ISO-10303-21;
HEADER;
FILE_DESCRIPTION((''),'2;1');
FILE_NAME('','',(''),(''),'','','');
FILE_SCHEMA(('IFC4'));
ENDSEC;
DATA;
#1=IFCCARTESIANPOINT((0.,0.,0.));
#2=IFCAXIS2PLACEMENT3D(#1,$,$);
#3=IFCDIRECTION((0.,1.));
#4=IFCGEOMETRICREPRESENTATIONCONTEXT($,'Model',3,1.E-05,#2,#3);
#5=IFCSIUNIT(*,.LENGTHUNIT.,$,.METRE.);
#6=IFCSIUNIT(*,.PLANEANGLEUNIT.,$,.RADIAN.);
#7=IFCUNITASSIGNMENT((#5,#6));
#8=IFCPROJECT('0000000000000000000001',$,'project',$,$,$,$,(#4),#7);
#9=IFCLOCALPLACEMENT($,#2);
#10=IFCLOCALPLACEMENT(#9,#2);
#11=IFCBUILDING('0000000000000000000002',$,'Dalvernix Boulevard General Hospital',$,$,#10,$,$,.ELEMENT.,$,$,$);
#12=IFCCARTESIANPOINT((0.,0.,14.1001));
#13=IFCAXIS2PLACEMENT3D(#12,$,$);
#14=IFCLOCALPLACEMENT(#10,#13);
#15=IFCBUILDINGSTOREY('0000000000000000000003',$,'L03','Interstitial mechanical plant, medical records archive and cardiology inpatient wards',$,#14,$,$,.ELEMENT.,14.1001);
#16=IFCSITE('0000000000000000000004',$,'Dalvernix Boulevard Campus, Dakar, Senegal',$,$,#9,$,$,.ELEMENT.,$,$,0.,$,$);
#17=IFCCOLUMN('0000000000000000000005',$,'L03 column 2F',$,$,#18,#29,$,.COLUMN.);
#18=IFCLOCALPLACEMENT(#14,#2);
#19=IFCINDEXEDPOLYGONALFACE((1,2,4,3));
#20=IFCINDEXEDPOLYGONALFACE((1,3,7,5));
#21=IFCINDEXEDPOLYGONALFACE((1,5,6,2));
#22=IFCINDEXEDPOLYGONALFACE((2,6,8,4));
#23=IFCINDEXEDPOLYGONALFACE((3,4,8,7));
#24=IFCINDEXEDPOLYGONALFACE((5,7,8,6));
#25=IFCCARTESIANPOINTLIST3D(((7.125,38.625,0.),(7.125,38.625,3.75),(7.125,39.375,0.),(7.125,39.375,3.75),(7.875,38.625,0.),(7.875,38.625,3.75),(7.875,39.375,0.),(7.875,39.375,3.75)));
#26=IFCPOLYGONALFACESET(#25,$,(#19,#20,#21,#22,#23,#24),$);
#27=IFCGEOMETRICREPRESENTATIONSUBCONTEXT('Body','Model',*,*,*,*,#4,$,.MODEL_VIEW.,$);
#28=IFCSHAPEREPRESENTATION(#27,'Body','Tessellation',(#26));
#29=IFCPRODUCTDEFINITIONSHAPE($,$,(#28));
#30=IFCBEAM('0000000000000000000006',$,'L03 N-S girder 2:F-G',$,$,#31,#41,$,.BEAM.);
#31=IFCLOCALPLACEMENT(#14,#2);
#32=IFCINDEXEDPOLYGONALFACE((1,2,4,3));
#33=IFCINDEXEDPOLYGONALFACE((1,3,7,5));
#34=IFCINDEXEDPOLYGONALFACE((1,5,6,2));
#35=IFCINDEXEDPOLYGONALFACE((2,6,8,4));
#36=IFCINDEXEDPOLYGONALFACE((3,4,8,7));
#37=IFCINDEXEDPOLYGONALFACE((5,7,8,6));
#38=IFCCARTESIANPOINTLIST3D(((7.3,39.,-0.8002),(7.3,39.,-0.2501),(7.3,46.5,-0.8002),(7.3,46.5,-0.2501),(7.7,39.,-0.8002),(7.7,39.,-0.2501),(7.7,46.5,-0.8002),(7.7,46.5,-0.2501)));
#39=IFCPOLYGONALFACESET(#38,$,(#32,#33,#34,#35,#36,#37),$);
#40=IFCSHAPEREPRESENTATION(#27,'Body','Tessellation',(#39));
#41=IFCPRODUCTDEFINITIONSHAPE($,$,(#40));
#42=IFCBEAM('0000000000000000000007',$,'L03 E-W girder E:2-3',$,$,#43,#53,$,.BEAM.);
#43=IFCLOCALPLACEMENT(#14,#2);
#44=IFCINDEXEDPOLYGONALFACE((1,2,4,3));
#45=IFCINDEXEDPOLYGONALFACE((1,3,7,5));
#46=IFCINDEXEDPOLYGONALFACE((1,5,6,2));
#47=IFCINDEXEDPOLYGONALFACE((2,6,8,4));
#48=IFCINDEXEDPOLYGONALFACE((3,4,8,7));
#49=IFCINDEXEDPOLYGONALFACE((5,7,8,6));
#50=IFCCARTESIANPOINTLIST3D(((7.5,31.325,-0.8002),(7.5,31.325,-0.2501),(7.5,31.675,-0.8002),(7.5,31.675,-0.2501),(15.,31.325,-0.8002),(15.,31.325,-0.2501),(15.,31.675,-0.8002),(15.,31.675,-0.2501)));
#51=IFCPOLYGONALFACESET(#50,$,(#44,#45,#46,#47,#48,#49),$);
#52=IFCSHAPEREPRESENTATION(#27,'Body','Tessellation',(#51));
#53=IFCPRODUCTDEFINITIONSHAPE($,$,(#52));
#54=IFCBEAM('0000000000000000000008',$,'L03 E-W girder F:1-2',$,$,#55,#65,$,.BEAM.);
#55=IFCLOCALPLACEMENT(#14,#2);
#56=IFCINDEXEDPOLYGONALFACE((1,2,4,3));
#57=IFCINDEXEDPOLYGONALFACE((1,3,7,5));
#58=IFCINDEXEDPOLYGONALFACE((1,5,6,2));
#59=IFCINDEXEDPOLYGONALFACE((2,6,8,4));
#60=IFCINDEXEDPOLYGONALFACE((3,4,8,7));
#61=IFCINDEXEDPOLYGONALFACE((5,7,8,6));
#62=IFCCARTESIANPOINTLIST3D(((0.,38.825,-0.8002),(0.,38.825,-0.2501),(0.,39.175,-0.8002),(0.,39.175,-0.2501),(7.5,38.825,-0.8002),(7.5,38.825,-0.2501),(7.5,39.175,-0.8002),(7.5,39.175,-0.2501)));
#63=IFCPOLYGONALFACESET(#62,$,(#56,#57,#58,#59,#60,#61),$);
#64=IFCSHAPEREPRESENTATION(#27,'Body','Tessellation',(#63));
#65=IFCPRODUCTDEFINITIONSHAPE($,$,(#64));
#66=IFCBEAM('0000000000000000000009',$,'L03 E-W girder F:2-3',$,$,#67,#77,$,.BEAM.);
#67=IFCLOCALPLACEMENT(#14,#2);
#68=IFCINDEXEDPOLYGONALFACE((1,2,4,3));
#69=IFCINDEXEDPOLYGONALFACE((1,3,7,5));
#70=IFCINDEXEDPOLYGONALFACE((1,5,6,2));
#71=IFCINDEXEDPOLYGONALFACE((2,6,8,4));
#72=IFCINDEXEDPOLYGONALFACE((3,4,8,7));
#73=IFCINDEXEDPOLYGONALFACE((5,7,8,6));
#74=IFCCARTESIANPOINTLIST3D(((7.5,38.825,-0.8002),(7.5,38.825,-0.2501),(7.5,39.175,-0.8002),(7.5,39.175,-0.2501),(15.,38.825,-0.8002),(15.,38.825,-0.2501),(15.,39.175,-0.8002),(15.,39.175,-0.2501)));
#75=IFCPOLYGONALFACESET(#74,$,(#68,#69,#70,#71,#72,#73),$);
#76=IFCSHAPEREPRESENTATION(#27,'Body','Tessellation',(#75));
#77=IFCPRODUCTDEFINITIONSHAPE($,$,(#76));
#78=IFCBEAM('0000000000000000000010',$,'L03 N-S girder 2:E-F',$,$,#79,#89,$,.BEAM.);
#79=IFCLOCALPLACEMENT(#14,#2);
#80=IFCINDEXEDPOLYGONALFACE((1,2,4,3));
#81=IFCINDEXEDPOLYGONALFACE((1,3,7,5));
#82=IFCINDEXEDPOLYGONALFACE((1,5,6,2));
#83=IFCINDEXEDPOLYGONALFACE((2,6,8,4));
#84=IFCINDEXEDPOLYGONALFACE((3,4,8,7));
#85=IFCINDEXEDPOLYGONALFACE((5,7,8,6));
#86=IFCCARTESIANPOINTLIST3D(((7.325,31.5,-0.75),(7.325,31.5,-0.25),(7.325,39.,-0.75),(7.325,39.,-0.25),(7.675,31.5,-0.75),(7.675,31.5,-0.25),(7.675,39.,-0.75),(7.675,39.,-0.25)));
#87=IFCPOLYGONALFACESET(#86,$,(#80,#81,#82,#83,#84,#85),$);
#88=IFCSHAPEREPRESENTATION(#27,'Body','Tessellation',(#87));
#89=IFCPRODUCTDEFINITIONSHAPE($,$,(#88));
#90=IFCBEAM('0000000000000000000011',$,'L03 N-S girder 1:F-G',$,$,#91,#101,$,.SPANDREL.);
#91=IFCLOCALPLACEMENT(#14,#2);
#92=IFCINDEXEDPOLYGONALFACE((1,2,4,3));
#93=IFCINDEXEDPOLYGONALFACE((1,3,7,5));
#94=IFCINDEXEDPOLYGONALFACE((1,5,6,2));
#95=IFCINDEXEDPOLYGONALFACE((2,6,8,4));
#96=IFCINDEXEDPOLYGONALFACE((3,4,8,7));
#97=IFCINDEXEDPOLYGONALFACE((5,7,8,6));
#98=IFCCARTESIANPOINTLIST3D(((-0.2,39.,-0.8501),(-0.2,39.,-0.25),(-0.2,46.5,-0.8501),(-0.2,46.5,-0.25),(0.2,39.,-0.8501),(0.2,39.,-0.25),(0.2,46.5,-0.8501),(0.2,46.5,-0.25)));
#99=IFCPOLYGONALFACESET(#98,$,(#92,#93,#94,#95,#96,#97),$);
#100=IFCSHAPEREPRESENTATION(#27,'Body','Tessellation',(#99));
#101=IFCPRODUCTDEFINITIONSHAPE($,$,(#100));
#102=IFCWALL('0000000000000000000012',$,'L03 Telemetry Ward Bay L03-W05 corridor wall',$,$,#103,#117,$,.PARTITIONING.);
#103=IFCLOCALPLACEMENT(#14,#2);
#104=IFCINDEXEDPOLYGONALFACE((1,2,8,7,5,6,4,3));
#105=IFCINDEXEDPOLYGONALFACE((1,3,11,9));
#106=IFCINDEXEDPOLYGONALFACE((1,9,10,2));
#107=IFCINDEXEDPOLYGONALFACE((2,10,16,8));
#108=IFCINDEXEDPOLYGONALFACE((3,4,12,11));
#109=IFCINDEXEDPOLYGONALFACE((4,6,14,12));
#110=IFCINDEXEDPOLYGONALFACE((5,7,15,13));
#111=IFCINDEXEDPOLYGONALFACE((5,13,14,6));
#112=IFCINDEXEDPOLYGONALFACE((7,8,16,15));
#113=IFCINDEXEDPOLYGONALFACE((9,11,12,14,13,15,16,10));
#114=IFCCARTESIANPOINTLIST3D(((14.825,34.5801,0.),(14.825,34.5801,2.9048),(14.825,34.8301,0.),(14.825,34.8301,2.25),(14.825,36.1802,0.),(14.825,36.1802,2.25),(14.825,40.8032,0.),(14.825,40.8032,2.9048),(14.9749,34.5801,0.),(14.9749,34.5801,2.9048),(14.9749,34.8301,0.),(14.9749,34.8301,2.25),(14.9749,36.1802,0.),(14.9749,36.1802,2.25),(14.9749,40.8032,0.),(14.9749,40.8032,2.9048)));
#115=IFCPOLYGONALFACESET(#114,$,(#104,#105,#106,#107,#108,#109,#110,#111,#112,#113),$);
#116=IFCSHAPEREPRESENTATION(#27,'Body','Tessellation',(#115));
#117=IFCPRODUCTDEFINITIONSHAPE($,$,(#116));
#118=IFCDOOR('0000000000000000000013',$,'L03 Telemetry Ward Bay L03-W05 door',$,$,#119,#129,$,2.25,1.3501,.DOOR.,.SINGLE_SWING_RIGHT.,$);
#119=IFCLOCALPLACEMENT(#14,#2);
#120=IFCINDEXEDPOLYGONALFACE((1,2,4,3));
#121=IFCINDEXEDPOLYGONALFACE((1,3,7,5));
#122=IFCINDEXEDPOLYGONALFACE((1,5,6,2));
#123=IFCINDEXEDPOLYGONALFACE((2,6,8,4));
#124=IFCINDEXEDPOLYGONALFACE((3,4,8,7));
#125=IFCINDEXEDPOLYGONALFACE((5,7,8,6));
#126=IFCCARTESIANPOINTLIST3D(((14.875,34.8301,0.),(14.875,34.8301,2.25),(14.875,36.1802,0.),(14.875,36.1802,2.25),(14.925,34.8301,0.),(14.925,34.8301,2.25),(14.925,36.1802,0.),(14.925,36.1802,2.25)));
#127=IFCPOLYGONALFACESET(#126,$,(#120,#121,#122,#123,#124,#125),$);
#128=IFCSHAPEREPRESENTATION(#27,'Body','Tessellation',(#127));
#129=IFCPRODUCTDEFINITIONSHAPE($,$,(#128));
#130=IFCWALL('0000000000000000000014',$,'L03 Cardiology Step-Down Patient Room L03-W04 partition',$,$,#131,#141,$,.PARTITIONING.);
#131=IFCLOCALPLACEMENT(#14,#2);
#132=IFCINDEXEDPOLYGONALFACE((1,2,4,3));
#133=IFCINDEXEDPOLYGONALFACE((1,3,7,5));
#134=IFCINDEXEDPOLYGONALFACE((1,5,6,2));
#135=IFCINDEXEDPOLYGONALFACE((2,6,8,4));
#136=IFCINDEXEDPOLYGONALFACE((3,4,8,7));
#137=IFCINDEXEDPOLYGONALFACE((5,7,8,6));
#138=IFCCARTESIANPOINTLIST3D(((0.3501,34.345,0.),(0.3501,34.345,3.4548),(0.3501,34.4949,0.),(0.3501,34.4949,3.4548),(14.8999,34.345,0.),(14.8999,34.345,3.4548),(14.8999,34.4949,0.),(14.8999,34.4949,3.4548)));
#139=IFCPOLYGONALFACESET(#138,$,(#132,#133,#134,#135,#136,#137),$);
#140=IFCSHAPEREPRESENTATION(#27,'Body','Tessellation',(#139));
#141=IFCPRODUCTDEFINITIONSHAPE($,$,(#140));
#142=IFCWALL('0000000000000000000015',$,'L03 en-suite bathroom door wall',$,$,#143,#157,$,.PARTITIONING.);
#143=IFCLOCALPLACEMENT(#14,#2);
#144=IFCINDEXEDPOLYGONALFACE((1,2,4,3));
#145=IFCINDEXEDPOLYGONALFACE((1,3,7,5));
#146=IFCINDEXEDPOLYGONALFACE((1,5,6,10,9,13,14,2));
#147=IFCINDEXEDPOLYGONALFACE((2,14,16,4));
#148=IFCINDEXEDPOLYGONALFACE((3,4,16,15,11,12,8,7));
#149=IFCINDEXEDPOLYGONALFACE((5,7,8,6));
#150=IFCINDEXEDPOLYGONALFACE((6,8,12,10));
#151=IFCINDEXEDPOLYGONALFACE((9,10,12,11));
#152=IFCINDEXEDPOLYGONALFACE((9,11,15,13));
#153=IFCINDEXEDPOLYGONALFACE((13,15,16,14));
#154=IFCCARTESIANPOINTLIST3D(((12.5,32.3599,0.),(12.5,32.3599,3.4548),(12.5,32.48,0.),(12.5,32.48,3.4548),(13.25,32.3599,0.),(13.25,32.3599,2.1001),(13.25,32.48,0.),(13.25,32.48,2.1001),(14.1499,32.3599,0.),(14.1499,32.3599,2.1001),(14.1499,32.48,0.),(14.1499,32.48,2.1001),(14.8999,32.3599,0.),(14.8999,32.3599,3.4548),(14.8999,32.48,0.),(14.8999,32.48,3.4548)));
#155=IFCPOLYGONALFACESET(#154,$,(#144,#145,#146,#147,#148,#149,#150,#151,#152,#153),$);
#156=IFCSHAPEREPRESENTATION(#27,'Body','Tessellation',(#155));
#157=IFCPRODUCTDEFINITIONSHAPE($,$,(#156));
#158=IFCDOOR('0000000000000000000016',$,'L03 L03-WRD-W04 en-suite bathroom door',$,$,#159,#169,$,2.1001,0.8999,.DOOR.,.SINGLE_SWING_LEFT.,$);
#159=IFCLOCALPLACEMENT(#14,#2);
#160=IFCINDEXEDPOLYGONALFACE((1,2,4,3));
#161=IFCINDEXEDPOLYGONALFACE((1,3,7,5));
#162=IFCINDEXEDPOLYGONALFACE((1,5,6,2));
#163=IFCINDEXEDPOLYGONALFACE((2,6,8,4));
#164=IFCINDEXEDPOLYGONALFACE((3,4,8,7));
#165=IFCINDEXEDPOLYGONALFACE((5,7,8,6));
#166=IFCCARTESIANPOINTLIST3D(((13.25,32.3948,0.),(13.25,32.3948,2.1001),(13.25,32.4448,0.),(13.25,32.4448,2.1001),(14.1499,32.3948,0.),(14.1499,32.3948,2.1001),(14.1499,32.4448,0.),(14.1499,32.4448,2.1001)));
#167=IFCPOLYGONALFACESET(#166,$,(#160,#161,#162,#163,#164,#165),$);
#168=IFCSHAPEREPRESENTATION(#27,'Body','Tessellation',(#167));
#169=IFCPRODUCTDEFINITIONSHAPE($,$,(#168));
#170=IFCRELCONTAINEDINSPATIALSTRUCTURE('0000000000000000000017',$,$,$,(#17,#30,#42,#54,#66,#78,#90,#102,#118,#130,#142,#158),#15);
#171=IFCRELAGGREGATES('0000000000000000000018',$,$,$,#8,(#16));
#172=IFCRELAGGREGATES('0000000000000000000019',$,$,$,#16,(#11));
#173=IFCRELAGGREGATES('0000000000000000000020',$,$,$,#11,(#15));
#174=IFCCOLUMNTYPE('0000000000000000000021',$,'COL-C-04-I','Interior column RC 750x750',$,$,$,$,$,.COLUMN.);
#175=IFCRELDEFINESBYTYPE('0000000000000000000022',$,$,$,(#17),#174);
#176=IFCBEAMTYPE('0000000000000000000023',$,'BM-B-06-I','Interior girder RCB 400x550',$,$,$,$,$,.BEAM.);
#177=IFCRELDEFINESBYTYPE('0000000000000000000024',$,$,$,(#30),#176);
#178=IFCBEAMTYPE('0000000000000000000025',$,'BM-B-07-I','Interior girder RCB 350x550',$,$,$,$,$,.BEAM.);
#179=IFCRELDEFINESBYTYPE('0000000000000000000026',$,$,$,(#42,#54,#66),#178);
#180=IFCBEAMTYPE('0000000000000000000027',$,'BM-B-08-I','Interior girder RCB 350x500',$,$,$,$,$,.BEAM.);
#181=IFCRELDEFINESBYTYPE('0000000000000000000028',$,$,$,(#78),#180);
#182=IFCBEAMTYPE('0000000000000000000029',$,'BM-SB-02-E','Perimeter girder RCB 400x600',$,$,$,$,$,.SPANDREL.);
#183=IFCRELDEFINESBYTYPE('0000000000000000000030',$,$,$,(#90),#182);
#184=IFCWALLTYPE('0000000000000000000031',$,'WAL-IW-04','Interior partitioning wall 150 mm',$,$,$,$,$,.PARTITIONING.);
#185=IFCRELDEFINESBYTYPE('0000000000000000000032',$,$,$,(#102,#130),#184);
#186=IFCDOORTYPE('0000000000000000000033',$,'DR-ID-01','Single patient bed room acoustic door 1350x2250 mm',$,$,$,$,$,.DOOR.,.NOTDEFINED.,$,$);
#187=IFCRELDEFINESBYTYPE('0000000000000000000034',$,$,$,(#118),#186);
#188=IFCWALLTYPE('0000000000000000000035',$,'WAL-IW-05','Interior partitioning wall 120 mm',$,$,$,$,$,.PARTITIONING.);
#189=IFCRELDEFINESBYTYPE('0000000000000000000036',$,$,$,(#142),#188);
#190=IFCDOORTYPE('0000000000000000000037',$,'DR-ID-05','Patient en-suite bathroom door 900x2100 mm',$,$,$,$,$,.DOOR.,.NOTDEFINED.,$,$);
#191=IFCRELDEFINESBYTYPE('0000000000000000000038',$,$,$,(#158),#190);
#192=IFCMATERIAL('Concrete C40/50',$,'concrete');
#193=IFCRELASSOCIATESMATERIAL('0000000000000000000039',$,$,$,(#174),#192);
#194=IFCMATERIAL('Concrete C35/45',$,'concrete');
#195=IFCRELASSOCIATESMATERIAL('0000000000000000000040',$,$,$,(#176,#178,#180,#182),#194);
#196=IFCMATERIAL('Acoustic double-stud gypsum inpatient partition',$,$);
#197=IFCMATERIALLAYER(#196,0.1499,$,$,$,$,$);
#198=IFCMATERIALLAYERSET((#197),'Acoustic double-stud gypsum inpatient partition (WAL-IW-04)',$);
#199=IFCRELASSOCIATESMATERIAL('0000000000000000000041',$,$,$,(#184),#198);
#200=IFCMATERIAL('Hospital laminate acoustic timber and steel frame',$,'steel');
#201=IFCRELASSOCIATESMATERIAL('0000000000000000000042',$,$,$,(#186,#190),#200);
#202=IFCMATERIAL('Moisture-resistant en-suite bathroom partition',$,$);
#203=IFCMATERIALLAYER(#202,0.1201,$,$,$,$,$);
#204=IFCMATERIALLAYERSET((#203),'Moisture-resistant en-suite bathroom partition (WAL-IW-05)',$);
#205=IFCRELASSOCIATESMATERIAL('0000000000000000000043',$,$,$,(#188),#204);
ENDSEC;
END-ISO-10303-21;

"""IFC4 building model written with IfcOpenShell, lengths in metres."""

from ifc_helpers import new_model, si_unit, direction, frame, frame_2d, origin, origin_2d, place, context, subcontext, project, spatial, rectangle, extrude, material, layer, layer_set, material_profile, profile_set, type_object, element, fill, save


model = new_model("IFC4")

# Units and contexts
model_context = context("Model", 3, precision=1e-05, world=origin(), true_north=direction((0.0, 1.0)))
body_context = subcontext(model_context, "Body", "Model", "MODEL_VIEW")
ifc_project = project(units=[si_unit("LENGTHUNIT", "METRE"), si_unit("PLANEANGLEUNIT", "RADIAN")], contexts=[model_context])

# Site, building, storey
site_placement = place(None, origin())
site = spatial("IfcSite", under=ifc_project, at=site_placement, Name="Dalvernix Boulevard Campus, Dakar, Senegal", CompositionType="ELEMENT", RefElevation=0.0)
building_placement = place(site_placement, origin())
building = spatial("IfcBuilding", under=site, at=building_placement, Name="Dalvernix Boulevard General Hospital", CompositionType="ELEMENT")
storey_placement = place(building_placement, frame((0.0, 0.0, 14.1001)))
storey = spatial("IfcBuildingStorey", under=building, at=storey_placement, Name="L03", Description="Interstitial mechanical plant, medical records archive and cardiology inpatient wards", CompositionType="ELEMENT", Elevation=14.1001)

# Column
ifc_material_1 = material(Name="Concrete C40/50", Category="concrete")
ifc_material_profile_1 = material_profile(ifc_material_1, rectangle(XDim=0.75, YDim=0.75, at=origin_2d()), Name="RC 750x750")
ifc_profile_set_1 = profile_set([ifc_material_profile_1], Name="Concrete C40/50")
column_type = type_object("IfcColumnType", Name="COL-C-04-I", Description="Interior column RC 750x750", PredefinedType="COLUMN", material=ifc_profile_set_1)
column_placement = place(storey_placement, frame((7.5, 39.0, 0.0), z_axis=(0.0, 0.0, 1.0), x_axis=(1.0, 0.0, 0.0)))
element("IfcColumn", 1, at=column_placement, inside=storey, type_object=column_type, Name="L03 column 2F", PredefinedType="COLUMN", context=body_context, shape_type="SweptSolid", body=[
    extrude(rectangle(XDim=0.75, YDim=0.75, at=origin_2d()), origin(), (0.0, 0.0, 1.0), 3.75),
])

# Beams
ifc_material_2 = material(Name="Concrete C35/45", Category="concrete")
ifc_material_profile_2 = material_profile(ifc_material_2, rectangle(XDim=0.3999, YDim=0.55, at=origin_2d()), Name="RCB 400x550")
ifc_profile_set_2 = profile_set([ifc_material_profile_2], Name="Concrete C35/45")
beam_type_1 = type_object("IfcBeamType", Name="BM-B-06-I", Description="Interior girder RCB 400x550", PredefinedType="BEAM", material=ifc_profile_set_2)
beam_1_placement = place(storey_placement, frame((7.5, 39.0, -0.5251), z_axis=(0.0, 1.0, 0.0), x_axis=(-1.0, 0.0, 0.0)))
element("IfcBeam", 2, at=beam_1_placement, inside=storey, type_object=beam_type_1, Name="L03 N-S girder 2:F-G", PredefinedType="BEAM", context=body_context, shape_type="SweptSolid", body=[
    extrude(rectangle(XDim=0.3999, YDim=0.55, at=origin_2d()), origin(), (0.0, 0.0, 1.0), 7.5),
])
ifc_material_profile_3 = material_profile(ifc_material_2, rectangle(XDim=0.3501, YDim=0.55, at=origin_2d()), Name="RCB 350x550")
ifc_profile_set_3 = profile_set([ifc_material_profile_3], Name="Concrete C35/45")
beam_type_2 = type_object("IfcBeamType", Name="BM-B-07-I", Description="Interior girder RCB 350x550", PredefinedType="BEAM", material=ifc_profile_set_3)
for number, where, z_axis, x_axis, name in (
    (3, (7.5, 31.5, -0.5251), (1.0, 0.0, 0.0), (0.0, 1.0, 0.0), "L03 E-W girder E:2-3"),
    (4, (0.0, 39.0, -0.5251), (1.0, 0.0, 0.0), (0.0, 1.0, 0.0), "L03 E-W girder F:1-2"),
    (5, (7.5, 39.0, -0.5251), (1.0, 0.0, 0.0), (0.0, 1.0, 0.0), "L03 E-W girder F:2-3"),
):
    element("IfcBeam", number, at=place(storey_placement, frame(where, z_axis=z_axis, x_axis=x_axis)), inside=storey, type_object=beam_type_2, Name=name, PredefinedType="BEAM", context=body_context, shape_type="SweptSolid", body=[
        extrude(rectangle(XDim=0.3501, YDim=0.55, at=origin_2d()), origin(), (0.0, 0.0, 1.0), 7.5),
    ])
ifc_material_profile_4 = material_profile(ifc_material_2, rectangle(XDim=0.3501, YDim=0.5, at=origin_2d()), Name="RCB 350x500")
ifc_profile_set_4 = profile_set([ifc_material_profile_4], Name="Concrete C35/45")
beam_type_3 = type_object("IfcBeamType", Name="BM-B-08-I", Description="Interior girder RCB 350x500", PredefinedType="BEAM", material=ifc_profile_set_4)
beam_2_placement = place(storey_placement, frame((7.5, 31.5, -0.5), z_axis=(0.0, 1.0, 0.0), x_axis=(-1.0, 0.0, 0.0)))
element("IfcBeam", 6, at=beam_2_placement, inside=storey, type_object=beam_type_3, Name="L03 N-S girder 2:E-F", PredefinedType="BEAM", context=body_context, shape_type="SweptSolid", body=[
    extrude(rectangle(XDim=0.3501, YDim=0.5, at=origin_2d()), origin(), (0.0, 0.0, 1.0), 7.5),
])
ifc_material_profile_5 = material_profile(ifc_material_2, rectangle(XDim=0.3999, YDim=0.6001, at=origin_2d()), Name="RCB 400x600")
ifc_profile_set_5 = profile_set([ifc_material_profile_5], Name="Concrete C35/45")
beam_type_4 = type_object("IfcBeamType", Name="BM-SB-02-E", Description="Perimeter girder RCB 400x600", PredefinedType="SPANDREL", material=ifc_profile_set_5)
beam_3_placement = place(storey_placement, frame((0.0, 39.0, -0.55), z_axis=(0.0, 1.0, 0.0), x_axis=(-1.0, 0.0, 0.0)))
element("IfcBeam", 7, at=beam_3_placement, inside=storey, type_object=beam_type_4, Name="L03 N-S girder 1:F-G", PredefinedType="SPANDREL", context=body_context, shape_type="SweptSolid", body=[
    extrude(rectangle(XDim=0.3999, YDim=0.6001, at=origin_2d()), origin(), (0.0, 0.0, 1.0), 7.5),
])

# Wall, opening, door
ifc_material_3 = material(Name="Acoustic double-stud gypsum inpatient partition")
ifc_layer_1 = layer(ifc_material_3, 0.1499)
ifc_layer_set_1 = layer_set([ifc_layer_1], Name="Acoustic double-stud gypsum inpatient partition (WAL-IW-04)")
wall_type_1 = type_object("IfcWallType", Name="WAL-IW-04", Description="Interior partitioning wall 150 mm", PredefinedType="PARTITIONING", material=ifc_layer_set_1)
wall_1_placement = place(storey_placement, frame((14.8999, 34.5801, 0.0), z_axis=(0.0, 0.0, 1.0), x_axis=(0.0, 1.0, 0.0)))
wall_1 = element("IfcWall", 8, at=wall_1_placement, inside=storey, type_object=wall_type_1, Name="L03 Telemetry Ward Bay L03-W05 corridor wall", PredefinedType="PARTITIONING", context=body_context, shape_type="SweptSolid", body=[
    extrude(rectangle(XDim=6.2231, YDim=0.1499, at=frame_2d((3.1116, 0.0))), origin(), (0.0, 0.0, 1.0), 2.9048),
])
opening_1_placement = place(wall_1_placement, frame((0.25, 0.0, 0.0)))
opening_1 = element("IfcOpeningElement", 9, at=opening_1_placement, cuts=wall_1, PredefinedType="OPENING", context=body_context, shape_type="SweptSolid", body=[
    extrude(rectangle(XDim=1.3501, YDim=2.25, at=frame_2d((0.675, 1.125))), frame((0.0, 0.085, 0.0), z_axis=(0.0, -1.0, 0.0), x_axis=(1.0, 0.0, 0.0)), (0.0, 0.0, 1.0), 0.1699),
])
ifc_material_4 = material(Name="Hospital laminate acoustic timber and steel frame", Category="steel")
door_type_1 = type_object("IfcDoorType", Name="DR-ID-01", Description="Single patient bed room acoustic door 1350x2250 mm", OperationType="NOTDEFINED", PredefinedType="DOOR", material=ifc_material_4)
door_1_placement = place(opening_1_placement, origin())
door_1 = element("IfcDoor", 10, at=door_1_placement, inside=storey, type_object=door_type_1, Name="L03 Telemetry Ward Bay L03-W05 door", OperationType="SINGLE_SWING_RIGHT", OverallHeight=2.25, OverallWidth=1.3501, PredefinedType="DOOR", context=body_context, shape_type="SweptSolid", body=[
    extrude(rectangle(XDim=1.3501, YDim=2.25, at=frame_2d((0.675, 1.125))), frame((0.0, 0.0249, 0.0), z_axis=(0.0, -1.0, 0.0), x_axis=(1.0, 0.0, 0.0)), (0.0, 0.0, 1.0), 0.05),
])
fill(opening_1, door_1)

# Wall
wall_2_placement = place(storey_placement, frame((0.3501, 34.4199, 0.0), z_axis=(0.0, 0.0, 1.0), x_axis=(1.0, 0.0, 0.0)))
element("IfcWall", 11, at=wall_2_placement, inside=storey, type_object=wall_type_1, Name="L03 Cardiology Step-Down Patient Room L03-W04 partition", PredefinedType="PARTITIONING", context=body_context, shape_type="SweptSolid", body=[
    extrude(rectangle(XDim=14.5498, YDim=0.1499, at=frame_2d((7.2749, 0.0))), origin(), (0.0, 0.0, 1.0), 3.4548),
])

# Wall, opening, door
ifc_material_5 = material(Name="Moisture-resistant en-suite bathroom partition")
ifc_layer_2 = layer(ifc_material_5, 0.1201)
ifc_layer_set_2 = layer_set([ifc_layer_2], Name="Moisture-resistant en-suite bathroom partition (WAL-IW-05)")
wall_type_2 = type_object("IfcWallType", Name="WAL-IW-05", Description="Interior partitioning wall 120 mm", PredefinedType="PARTITIONING", material=ifc_layer_set_2)
wall_3_placement = place(storey_placement, frame((12.5, 32.4199, 0.0), z_axis=(0.0, 0.0, 1.0), x_axis=(1.0, 0.0, 0.0)))
wall_3 = element("IfcWall", 12, at=wall_3_placement, inside=storey, type_object=wall_type_2, Name="L03 en-suite bathroom door wall", PredefinedType="PARTITIONING", context=body_context, shape_type="SweptSolid", body=[
    extrude(rectangle(XDim=2.3999, YDim=0.1201, at=frame_2d((1.2, 0.0))), origin(), (0.0, 0.0, 1.0), 3.4548),
])
opening_2_placement = place(wall_3_placement, frame((0.75, 0.0, 0.0)))
opening_2 = element("IfcOpeningElement", 13, at=opening_2_placement, cuts=wall_3, PredefinedType="OPENING", context=body_context, shape_type="SweptSolid", body=[
    extrude(rectangle(XDim=0.8999, YDim=2.1001, at=frame_2d((0.45, 1.05))), frame((0.0, 0.0701, 0.0), z_axis=(0.0, -1.0, 0.0), x_axis=(1.0, 0.0, 0.0)), (0.0, 0.0, 1.0), 0.1401),
])
door_type_2 = type_object("IfcDoorType", Name="DR-ID-05", Description="Patient en-suite bathroom door 900x2100 mm", OperationType="NOTDEFINED", PredefinedType="DOOR", material=ifc_material_4)
door_2_placement = place(opening_2_placement, origin())
door_2 = element("IfcDoor", 14, at=door_2_placement, inside=storey, type_object=door_type_2, Name="L03 L03-WRD-W04 en-suite bathroom door", OperationType="SINGLE_SWING_LEFT", OverallHeight=2.1001, OverallWidth=0.8999, PredefinedType="DOOR", context=body_context, shape_type="SweptSolid", body=[
    extrude(rectangle(XDim=0.8999, YDim=2.1001, at=frame_2d((0.45, 1.05))), frame((0.0, 0.0249, 0.0), z_axis=(0.0, -1.0, 0.0), x_axis=(1.0, 0.0, 0.0)), (0.0, 0.0, 1.0), 0.05),
])
fill(opening_2, door_2)

save(model, "model.ifc")
